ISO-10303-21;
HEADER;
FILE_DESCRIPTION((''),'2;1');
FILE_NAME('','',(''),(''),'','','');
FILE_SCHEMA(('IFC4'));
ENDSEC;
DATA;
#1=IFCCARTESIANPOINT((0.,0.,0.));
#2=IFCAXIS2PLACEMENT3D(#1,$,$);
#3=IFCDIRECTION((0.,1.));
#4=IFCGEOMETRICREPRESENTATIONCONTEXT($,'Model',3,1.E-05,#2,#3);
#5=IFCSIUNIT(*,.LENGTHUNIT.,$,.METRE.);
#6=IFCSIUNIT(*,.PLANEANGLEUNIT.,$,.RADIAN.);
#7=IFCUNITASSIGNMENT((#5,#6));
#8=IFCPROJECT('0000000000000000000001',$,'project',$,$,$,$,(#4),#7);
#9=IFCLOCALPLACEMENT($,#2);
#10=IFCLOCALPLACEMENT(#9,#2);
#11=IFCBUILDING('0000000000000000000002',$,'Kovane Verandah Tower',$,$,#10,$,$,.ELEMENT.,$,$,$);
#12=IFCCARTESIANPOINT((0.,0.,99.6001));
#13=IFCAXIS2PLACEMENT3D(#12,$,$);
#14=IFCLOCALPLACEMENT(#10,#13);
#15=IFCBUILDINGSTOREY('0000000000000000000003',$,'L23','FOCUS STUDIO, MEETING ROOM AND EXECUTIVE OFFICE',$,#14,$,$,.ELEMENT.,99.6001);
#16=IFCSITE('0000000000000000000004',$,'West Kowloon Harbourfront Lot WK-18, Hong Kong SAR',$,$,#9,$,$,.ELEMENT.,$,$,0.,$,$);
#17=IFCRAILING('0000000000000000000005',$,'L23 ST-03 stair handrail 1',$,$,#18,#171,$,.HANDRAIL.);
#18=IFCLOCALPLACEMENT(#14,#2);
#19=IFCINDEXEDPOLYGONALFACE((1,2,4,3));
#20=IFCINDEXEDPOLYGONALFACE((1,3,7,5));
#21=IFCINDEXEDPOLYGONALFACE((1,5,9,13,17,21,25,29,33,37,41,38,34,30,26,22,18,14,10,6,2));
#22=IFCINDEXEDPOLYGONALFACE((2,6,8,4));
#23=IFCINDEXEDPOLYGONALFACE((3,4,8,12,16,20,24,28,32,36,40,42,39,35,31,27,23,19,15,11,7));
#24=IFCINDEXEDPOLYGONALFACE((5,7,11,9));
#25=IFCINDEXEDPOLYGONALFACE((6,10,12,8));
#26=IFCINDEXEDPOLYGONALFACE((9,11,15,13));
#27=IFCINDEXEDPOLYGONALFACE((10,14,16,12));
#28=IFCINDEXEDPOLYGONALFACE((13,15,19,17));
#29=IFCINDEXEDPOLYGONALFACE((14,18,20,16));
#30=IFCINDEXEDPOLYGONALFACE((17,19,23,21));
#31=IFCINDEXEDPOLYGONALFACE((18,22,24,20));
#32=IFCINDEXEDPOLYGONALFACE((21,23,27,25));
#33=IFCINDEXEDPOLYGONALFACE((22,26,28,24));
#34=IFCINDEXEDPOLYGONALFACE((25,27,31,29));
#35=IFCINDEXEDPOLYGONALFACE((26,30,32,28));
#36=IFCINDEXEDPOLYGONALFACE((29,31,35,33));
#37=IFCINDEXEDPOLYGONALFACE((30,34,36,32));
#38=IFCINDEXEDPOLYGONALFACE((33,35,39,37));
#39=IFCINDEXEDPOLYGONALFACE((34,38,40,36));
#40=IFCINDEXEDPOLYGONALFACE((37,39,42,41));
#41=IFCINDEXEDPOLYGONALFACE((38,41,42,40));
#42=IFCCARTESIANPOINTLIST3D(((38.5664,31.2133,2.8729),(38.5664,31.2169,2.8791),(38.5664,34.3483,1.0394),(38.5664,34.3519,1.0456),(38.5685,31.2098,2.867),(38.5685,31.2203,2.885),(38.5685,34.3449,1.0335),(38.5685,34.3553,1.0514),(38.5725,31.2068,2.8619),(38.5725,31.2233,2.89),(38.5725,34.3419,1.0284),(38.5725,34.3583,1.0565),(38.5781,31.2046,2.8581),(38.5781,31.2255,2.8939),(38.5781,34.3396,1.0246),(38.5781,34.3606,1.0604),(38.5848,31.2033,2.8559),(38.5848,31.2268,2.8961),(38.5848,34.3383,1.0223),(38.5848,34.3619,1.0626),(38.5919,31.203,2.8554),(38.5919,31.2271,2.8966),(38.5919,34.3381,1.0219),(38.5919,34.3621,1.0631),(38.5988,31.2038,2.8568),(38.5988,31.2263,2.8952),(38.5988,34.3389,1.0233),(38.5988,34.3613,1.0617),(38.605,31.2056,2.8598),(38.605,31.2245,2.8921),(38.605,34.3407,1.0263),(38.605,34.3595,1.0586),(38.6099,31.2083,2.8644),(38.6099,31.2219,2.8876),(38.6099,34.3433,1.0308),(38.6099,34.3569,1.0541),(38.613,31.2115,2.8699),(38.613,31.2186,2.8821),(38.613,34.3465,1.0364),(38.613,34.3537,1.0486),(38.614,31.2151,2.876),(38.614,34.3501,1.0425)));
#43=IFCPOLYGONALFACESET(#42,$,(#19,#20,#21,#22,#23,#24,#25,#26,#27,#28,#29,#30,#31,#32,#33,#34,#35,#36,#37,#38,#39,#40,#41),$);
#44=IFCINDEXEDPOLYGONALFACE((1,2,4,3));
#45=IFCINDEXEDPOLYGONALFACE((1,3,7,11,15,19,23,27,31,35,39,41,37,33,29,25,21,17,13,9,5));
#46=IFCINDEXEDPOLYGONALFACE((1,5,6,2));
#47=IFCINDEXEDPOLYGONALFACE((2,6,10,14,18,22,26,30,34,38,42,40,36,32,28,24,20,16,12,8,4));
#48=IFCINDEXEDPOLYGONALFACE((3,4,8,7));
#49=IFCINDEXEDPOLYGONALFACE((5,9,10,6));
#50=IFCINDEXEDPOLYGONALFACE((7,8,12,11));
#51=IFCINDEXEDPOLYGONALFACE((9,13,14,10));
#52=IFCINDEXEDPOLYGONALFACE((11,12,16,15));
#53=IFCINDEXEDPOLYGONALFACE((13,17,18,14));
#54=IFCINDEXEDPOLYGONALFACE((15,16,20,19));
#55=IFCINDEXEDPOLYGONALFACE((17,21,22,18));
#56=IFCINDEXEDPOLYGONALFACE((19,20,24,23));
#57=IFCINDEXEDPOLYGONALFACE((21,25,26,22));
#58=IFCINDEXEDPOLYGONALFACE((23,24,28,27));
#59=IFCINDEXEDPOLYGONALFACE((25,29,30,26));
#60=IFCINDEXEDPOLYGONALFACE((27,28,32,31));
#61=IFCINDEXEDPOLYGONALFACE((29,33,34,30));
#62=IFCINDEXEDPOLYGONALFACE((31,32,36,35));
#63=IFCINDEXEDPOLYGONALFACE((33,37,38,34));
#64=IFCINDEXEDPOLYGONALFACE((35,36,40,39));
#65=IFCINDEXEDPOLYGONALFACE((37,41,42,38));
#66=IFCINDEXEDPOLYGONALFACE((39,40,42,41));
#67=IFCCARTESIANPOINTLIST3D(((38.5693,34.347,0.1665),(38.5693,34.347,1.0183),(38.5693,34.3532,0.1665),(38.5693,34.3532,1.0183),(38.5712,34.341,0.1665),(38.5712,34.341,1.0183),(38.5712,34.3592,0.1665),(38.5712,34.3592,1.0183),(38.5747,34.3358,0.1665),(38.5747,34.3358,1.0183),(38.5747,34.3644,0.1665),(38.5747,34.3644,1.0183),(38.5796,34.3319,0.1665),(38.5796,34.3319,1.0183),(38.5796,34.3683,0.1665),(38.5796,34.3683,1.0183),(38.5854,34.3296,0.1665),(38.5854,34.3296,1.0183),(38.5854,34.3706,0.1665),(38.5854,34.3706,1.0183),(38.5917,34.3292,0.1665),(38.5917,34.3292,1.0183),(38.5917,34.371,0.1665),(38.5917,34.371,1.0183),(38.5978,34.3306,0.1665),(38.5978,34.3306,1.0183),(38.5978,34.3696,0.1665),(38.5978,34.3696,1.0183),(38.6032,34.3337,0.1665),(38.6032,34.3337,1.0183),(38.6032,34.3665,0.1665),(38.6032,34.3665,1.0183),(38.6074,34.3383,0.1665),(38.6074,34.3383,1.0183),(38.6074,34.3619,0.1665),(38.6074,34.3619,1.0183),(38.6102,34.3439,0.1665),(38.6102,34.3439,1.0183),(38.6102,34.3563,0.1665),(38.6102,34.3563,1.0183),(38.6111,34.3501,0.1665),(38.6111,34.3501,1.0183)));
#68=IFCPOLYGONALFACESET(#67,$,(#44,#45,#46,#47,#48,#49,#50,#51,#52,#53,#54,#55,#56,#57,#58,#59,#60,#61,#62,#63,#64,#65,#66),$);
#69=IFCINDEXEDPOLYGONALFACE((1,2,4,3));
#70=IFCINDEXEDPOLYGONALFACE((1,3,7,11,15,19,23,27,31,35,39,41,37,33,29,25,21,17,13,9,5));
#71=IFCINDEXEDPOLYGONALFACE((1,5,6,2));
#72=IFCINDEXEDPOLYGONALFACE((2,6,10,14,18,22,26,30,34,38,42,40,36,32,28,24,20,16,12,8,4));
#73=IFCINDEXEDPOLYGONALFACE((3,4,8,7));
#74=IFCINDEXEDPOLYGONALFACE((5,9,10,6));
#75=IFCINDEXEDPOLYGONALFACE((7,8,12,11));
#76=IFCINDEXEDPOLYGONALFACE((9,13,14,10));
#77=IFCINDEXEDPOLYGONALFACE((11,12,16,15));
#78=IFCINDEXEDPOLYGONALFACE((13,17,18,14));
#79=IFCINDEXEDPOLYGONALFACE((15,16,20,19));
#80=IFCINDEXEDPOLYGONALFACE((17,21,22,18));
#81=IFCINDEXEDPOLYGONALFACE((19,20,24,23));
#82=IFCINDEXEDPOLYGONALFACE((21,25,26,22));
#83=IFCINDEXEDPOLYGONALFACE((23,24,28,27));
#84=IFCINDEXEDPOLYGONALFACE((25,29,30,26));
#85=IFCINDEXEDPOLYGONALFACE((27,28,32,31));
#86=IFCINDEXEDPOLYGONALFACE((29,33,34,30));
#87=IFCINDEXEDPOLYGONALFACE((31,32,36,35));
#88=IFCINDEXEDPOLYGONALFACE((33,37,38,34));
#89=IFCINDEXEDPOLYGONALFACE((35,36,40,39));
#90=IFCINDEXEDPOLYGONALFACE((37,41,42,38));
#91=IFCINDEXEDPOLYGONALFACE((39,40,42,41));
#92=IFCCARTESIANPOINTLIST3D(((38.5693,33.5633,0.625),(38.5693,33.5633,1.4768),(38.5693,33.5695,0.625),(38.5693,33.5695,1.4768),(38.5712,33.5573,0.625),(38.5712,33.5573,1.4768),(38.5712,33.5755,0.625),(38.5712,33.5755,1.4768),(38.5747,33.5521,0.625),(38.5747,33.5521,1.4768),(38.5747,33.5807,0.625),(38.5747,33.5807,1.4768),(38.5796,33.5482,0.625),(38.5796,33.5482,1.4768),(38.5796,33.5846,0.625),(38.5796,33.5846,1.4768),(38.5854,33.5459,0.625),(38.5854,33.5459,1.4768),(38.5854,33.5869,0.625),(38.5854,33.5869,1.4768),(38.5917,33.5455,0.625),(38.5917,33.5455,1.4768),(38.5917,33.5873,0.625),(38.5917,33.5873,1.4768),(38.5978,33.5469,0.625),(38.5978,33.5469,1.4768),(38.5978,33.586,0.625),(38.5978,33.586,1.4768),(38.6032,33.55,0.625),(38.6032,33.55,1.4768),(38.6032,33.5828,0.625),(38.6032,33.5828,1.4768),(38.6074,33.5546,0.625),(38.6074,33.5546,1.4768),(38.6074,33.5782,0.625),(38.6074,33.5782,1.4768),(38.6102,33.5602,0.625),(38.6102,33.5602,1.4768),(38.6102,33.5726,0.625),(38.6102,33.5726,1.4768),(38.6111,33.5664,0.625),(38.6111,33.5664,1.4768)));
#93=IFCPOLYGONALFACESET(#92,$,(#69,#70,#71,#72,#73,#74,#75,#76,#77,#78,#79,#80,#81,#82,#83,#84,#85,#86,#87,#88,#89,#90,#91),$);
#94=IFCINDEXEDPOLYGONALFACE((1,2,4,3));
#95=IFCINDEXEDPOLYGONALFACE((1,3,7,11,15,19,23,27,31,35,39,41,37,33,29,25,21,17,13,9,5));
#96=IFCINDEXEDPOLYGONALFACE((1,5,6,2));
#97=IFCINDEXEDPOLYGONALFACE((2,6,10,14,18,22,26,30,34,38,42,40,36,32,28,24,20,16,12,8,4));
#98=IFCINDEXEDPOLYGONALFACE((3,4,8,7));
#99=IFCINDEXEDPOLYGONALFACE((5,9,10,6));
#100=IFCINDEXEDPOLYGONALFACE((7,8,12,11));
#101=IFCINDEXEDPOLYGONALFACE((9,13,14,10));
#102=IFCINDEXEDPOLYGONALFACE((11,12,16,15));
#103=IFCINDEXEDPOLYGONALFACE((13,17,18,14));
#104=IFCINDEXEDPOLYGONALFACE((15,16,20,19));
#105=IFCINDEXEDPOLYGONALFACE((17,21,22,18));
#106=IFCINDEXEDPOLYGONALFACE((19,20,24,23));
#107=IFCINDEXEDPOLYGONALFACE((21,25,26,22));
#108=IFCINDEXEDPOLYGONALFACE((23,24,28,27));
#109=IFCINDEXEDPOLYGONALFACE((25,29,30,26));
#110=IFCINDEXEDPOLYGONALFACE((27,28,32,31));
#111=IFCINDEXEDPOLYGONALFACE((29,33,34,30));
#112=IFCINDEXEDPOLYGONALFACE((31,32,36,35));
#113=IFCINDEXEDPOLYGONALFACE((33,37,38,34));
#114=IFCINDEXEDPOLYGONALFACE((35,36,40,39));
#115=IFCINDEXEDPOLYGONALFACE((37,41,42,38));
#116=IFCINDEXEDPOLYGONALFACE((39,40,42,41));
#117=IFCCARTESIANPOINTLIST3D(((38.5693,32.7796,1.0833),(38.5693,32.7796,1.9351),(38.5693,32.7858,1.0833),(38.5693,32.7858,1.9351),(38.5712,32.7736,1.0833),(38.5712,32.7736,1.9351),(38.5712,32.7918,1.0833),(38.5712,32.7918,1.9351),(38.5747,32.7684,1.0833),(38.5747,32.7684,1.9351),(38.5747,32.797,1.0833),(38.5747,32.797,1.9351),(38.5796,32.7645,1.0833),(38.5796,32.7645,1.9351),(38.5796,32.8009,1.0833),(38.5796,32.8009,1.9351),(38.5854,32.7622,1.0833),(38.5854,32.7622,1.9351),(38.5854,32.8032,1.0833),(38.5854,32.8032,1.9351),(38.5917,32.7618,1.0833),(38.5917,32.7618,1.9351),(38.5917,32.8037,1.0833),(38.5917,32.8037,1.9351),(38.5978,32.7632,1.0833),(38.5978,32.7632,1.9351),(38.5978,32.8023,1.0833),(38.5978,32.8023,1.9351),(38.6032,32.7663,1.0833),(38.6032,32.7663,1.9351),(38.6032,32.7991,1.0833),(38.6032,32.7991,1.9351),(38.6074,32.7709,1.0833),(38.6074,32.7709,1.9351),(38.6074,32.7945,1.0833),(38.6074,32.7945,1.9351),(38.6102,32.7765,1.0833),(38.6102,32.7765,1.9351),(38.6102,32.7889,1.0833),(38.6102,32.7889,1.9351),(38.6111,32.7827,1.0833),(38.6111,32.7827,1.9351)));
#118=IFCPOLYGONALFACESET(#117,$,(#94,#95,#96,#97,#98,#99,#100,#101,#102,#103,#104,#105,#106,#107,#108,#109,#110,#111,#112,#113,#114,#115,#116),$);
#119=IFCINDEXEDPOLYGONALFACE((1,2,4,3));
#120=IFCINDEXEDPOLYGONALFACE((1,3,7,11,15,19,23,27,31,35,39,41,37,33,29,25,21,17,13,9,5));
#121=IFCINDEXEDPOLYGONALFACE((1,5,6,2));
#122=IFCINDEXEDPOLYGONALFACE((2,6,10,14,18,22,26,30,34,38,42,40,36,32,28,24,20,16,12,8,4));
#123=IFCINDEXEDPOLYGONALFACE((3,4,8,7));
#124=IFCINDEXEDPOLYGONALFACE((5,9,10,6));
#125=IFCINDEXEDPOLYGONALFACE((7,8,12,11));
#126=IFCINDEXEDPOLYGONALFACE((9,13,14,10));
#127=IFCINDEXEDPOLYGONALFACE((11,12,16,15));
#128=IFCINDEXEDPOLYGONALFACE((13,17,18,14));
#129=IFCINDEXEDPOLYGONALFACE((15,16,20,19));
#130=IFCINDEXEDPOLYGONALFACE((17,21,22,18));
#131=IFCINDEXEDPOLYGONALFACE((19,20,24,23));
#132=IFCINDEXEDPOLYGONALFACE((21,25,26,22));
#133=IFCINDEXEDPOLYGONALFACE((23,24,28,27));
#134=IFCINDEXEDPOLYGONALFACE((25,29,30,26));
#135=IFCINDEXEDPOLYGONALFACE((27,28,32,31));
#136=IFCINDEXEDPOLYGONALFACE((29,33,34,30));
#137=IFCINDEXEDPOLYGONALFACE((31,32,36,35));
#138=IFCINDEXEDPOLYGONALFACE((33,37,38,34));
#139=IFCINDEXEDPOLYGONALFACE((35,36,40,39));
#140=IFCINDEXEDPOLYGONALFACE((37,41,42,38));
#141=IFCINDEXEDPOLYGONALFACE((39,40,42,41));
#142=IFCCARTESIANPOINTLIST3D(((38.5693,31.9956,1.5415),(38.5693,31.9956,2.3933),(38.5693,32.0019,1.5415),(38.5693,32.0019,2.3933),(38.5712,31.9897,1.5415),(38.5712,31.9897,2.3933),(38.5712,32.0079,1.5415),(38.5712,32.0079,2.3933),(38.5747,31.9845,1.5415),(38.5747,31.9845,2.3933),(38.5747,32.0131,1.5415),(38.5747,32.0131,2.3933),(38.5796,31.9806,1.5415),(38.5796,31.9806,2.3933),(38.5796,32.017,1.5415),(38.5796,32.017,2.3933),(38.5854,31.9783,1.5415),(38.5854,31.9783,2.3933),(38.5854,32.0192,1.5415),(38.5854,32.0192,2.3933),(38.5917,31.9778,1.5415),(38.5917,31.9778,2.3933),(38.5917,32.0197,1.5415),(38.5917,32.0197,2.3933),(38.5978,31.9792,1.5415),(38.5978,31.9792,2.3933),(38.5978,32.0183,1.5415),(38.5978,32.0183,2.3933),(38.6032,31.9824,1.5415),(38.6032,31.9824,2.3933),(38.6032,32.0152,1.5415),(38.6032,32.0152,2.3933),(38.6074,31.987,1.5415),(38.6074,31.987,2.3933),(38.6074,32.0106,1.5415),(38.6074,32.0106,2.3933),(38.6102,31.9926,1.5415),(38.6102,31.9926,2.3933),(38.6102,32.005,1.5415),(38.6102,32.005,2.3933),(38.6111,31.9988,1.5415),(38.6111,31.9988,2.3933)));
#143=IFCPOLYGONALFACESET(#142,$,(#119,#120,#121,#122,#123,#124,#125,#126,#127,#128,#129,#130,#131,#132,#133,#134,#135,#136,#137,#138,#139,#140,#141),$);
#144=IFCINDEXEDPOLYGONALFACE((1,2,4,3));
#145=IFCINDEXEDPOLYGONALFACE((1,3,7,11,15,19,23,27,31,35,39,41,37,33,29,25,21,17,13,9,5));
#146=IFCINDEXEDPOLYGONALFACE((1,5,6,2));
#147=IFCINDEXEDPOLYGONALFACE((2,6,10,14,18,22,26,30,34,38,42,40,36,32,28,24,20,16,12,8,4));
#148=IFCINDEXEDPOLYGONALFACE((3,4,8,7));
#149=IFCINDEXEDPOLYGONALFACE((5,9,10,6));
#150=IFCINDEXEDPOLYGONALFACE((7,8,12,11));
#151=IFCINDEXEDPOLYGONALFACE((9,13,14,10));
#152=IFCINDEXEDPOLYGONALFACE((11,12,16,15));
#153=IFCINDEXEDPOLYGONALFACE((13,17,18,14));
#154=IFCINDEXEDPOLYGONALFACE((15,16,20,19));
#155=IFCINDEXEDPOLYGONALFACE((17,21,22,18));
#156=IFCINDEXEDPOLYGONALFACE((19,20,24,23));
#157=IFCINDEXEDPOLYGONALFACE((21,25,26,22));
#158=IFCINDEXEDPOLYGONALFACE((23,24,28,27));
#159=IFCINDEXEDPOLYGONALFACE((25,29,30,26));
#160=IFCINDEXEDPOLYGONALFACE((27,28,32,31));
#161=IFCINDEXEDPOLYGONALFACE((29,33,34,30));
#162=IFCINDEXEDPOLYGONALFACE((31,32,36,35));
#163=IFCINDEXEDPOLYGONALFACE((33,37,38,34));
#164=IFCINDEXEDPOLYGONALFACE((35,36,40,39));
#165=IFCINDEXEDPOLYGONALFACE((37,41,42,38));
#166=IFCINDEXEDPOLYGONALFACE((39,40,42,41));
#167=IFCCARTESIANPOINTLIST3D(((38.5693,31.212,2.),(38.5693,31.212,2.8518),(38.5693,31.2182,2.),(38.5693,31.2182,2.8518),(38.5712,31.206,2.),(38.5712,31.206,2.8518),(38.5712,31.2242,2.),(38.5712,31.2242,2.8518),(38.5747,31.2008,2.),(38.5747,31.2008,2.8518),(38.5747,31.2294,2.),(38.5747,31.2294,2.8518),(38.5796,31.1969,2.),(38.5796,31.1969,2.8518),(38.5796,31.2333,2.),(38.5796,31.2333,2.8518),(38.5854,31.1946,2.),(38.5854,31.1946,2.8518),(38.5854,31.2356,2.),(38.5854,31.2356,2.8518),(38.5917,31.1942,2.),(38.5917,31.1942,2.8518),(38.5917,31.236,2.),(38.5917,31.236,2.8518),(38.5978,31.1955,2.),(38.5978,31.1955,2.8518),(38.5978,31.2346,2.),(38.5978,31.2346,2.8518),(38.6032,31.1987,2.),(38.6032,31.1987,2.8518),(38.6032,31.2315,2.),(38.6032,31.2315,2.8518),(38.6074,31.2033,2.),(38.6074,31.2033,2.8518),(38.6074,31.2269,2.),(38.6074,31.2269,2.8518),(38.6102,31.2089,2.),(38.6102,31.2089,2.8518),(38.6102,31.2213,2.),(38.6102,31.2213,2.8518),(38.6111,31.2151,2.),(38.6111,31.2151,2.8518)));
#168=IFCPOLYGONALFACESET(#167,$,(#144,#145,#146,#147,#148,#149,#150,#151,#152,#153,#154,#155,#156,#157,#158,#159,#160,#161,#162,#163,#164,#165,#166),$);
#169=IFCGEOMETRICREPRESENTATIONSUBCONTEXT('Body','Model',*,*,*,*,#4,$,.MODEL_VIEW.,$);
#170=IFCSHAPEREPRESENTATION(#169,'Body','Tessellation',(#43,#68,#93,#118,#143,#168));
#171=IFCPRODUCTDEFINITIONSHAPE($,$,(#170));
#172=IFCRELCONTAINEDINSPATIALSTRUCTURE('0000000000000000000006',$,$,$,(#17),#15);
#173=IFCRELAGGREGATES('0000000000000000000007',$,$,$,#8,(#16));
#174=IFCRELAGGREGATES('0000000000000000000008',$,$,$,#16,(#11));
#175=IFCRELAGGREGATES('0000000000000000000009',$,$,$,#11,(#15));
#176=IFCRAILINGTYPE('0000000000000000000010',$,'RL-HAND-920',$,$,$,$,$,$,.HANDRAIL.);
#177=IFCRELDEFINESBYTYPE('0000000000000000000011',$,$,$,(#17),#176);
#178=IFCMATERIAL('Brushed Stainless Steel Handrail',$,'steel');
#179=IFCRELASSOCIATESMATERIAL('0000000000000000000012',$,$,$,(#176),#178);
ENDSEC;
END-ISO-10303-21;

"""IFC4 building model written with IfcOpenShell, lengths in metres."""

from ifc_helpers import new_model, si_unit, direction, frame, origin, origin_2d, place, context, subcontext, project, spatial, circle, extrude, material, type_object, element, save


model = new_model("IFC4")

# Units and contexts
model_context = context("Model", 3, precision=1e-05, world=origin(), true_north=direction((0.0, 1.0)))
body_context = subcontext(model_context, "Body", "Model", "MODEL_VIEW")
ifc_project = project(units=[si_unit("LENGTHUNIT", "METRE"), si_unit("PLANEANGLEUNIT", "RADIAN")], contexts=[model_context])

# Site, building, storey
site_placement = place(None, origin())
site = spatial("IfcSite", under=ifc_project, at=site_placement, Name="West Kowloon Harbourfront Lot WK-18, Hong Kong SAR", CompositionType="ELEMENT", RefElevation=0.0)
building_placement = place(site_placement, origin())
building = spatial("IfcBuilding", under=site, at=building_placement, Name="Kovane Verandah Tower", CompositionType="ELEMENT")
storey_placement = place(building_placement, frame((0.0, 0.0, 99.6001)))
storey = spatial("IfcBuildingStorey", under=building, at=storey_placement, Name="L23", Description="FOCUS STUDIO, MEETING ROOM AND EXECUTIVE OFFICE", CompositionType="ELEMENT", Elevation=99.6001)

# Railing
ifc_material_1 = material(Name="Brushed Stainless Steel Handrail", Category="steel")
railing_type_1 = type_object("IfcRailingType", Name="RL-HAND-920", PredefinedType="HANDRAIL", material=ifc_material_1)
railing_1_placement = place(storey_placement, frame((38.5901, 34.3501, 0.1665)))
element("IfcRailing", 1, at=railing_1_placement, inside=storey, type_object=railing_type_1, Name="L23 ST-03 stair handrail 1", PredefinedType="HANDRAIL", context=body_context, shape_type="SweptSolid", body=[
    extrude(circle(Radius=0.0239, at=origin_2d()), frame((0.0, 0.0, 0.876), z_axis=(0.0, -0.86321, 0.504845), x_axis=(1.0, 0.0, 0.0)), (0.0, 0.0, 1.0), 3.6318),
    extrude(circle(Radius=0.021, at=origin_2d()), origin(), (0.0, 0.0, 1.0), 0.8518),
    extrude(circle(Radius=0.021, at=origin_2d()), frame((0.0, -0.7837, 0.4585)), (0.0, 0.0, 1.0), 0.8518),
    extrude(circle(Radius=0.021, at=origin_2d()), frame((0.0, -1.5674, 0.9167)), (0.0, 0.0, 1.0), 0.8518),
    extrude(circle(Radius=0.021, at=origin_2d()), frame((0.0, -2.3513, 1.375)), (0.0, 0.0, 1.0), 0.8518),
    extrude(circle(Radius=0.021, at=origin_2d()), frame((0.0, -3.135, 1.8335)), (0.0, 0.0, 1.0), 0.8518),
])

save(model, "model.ifc")
